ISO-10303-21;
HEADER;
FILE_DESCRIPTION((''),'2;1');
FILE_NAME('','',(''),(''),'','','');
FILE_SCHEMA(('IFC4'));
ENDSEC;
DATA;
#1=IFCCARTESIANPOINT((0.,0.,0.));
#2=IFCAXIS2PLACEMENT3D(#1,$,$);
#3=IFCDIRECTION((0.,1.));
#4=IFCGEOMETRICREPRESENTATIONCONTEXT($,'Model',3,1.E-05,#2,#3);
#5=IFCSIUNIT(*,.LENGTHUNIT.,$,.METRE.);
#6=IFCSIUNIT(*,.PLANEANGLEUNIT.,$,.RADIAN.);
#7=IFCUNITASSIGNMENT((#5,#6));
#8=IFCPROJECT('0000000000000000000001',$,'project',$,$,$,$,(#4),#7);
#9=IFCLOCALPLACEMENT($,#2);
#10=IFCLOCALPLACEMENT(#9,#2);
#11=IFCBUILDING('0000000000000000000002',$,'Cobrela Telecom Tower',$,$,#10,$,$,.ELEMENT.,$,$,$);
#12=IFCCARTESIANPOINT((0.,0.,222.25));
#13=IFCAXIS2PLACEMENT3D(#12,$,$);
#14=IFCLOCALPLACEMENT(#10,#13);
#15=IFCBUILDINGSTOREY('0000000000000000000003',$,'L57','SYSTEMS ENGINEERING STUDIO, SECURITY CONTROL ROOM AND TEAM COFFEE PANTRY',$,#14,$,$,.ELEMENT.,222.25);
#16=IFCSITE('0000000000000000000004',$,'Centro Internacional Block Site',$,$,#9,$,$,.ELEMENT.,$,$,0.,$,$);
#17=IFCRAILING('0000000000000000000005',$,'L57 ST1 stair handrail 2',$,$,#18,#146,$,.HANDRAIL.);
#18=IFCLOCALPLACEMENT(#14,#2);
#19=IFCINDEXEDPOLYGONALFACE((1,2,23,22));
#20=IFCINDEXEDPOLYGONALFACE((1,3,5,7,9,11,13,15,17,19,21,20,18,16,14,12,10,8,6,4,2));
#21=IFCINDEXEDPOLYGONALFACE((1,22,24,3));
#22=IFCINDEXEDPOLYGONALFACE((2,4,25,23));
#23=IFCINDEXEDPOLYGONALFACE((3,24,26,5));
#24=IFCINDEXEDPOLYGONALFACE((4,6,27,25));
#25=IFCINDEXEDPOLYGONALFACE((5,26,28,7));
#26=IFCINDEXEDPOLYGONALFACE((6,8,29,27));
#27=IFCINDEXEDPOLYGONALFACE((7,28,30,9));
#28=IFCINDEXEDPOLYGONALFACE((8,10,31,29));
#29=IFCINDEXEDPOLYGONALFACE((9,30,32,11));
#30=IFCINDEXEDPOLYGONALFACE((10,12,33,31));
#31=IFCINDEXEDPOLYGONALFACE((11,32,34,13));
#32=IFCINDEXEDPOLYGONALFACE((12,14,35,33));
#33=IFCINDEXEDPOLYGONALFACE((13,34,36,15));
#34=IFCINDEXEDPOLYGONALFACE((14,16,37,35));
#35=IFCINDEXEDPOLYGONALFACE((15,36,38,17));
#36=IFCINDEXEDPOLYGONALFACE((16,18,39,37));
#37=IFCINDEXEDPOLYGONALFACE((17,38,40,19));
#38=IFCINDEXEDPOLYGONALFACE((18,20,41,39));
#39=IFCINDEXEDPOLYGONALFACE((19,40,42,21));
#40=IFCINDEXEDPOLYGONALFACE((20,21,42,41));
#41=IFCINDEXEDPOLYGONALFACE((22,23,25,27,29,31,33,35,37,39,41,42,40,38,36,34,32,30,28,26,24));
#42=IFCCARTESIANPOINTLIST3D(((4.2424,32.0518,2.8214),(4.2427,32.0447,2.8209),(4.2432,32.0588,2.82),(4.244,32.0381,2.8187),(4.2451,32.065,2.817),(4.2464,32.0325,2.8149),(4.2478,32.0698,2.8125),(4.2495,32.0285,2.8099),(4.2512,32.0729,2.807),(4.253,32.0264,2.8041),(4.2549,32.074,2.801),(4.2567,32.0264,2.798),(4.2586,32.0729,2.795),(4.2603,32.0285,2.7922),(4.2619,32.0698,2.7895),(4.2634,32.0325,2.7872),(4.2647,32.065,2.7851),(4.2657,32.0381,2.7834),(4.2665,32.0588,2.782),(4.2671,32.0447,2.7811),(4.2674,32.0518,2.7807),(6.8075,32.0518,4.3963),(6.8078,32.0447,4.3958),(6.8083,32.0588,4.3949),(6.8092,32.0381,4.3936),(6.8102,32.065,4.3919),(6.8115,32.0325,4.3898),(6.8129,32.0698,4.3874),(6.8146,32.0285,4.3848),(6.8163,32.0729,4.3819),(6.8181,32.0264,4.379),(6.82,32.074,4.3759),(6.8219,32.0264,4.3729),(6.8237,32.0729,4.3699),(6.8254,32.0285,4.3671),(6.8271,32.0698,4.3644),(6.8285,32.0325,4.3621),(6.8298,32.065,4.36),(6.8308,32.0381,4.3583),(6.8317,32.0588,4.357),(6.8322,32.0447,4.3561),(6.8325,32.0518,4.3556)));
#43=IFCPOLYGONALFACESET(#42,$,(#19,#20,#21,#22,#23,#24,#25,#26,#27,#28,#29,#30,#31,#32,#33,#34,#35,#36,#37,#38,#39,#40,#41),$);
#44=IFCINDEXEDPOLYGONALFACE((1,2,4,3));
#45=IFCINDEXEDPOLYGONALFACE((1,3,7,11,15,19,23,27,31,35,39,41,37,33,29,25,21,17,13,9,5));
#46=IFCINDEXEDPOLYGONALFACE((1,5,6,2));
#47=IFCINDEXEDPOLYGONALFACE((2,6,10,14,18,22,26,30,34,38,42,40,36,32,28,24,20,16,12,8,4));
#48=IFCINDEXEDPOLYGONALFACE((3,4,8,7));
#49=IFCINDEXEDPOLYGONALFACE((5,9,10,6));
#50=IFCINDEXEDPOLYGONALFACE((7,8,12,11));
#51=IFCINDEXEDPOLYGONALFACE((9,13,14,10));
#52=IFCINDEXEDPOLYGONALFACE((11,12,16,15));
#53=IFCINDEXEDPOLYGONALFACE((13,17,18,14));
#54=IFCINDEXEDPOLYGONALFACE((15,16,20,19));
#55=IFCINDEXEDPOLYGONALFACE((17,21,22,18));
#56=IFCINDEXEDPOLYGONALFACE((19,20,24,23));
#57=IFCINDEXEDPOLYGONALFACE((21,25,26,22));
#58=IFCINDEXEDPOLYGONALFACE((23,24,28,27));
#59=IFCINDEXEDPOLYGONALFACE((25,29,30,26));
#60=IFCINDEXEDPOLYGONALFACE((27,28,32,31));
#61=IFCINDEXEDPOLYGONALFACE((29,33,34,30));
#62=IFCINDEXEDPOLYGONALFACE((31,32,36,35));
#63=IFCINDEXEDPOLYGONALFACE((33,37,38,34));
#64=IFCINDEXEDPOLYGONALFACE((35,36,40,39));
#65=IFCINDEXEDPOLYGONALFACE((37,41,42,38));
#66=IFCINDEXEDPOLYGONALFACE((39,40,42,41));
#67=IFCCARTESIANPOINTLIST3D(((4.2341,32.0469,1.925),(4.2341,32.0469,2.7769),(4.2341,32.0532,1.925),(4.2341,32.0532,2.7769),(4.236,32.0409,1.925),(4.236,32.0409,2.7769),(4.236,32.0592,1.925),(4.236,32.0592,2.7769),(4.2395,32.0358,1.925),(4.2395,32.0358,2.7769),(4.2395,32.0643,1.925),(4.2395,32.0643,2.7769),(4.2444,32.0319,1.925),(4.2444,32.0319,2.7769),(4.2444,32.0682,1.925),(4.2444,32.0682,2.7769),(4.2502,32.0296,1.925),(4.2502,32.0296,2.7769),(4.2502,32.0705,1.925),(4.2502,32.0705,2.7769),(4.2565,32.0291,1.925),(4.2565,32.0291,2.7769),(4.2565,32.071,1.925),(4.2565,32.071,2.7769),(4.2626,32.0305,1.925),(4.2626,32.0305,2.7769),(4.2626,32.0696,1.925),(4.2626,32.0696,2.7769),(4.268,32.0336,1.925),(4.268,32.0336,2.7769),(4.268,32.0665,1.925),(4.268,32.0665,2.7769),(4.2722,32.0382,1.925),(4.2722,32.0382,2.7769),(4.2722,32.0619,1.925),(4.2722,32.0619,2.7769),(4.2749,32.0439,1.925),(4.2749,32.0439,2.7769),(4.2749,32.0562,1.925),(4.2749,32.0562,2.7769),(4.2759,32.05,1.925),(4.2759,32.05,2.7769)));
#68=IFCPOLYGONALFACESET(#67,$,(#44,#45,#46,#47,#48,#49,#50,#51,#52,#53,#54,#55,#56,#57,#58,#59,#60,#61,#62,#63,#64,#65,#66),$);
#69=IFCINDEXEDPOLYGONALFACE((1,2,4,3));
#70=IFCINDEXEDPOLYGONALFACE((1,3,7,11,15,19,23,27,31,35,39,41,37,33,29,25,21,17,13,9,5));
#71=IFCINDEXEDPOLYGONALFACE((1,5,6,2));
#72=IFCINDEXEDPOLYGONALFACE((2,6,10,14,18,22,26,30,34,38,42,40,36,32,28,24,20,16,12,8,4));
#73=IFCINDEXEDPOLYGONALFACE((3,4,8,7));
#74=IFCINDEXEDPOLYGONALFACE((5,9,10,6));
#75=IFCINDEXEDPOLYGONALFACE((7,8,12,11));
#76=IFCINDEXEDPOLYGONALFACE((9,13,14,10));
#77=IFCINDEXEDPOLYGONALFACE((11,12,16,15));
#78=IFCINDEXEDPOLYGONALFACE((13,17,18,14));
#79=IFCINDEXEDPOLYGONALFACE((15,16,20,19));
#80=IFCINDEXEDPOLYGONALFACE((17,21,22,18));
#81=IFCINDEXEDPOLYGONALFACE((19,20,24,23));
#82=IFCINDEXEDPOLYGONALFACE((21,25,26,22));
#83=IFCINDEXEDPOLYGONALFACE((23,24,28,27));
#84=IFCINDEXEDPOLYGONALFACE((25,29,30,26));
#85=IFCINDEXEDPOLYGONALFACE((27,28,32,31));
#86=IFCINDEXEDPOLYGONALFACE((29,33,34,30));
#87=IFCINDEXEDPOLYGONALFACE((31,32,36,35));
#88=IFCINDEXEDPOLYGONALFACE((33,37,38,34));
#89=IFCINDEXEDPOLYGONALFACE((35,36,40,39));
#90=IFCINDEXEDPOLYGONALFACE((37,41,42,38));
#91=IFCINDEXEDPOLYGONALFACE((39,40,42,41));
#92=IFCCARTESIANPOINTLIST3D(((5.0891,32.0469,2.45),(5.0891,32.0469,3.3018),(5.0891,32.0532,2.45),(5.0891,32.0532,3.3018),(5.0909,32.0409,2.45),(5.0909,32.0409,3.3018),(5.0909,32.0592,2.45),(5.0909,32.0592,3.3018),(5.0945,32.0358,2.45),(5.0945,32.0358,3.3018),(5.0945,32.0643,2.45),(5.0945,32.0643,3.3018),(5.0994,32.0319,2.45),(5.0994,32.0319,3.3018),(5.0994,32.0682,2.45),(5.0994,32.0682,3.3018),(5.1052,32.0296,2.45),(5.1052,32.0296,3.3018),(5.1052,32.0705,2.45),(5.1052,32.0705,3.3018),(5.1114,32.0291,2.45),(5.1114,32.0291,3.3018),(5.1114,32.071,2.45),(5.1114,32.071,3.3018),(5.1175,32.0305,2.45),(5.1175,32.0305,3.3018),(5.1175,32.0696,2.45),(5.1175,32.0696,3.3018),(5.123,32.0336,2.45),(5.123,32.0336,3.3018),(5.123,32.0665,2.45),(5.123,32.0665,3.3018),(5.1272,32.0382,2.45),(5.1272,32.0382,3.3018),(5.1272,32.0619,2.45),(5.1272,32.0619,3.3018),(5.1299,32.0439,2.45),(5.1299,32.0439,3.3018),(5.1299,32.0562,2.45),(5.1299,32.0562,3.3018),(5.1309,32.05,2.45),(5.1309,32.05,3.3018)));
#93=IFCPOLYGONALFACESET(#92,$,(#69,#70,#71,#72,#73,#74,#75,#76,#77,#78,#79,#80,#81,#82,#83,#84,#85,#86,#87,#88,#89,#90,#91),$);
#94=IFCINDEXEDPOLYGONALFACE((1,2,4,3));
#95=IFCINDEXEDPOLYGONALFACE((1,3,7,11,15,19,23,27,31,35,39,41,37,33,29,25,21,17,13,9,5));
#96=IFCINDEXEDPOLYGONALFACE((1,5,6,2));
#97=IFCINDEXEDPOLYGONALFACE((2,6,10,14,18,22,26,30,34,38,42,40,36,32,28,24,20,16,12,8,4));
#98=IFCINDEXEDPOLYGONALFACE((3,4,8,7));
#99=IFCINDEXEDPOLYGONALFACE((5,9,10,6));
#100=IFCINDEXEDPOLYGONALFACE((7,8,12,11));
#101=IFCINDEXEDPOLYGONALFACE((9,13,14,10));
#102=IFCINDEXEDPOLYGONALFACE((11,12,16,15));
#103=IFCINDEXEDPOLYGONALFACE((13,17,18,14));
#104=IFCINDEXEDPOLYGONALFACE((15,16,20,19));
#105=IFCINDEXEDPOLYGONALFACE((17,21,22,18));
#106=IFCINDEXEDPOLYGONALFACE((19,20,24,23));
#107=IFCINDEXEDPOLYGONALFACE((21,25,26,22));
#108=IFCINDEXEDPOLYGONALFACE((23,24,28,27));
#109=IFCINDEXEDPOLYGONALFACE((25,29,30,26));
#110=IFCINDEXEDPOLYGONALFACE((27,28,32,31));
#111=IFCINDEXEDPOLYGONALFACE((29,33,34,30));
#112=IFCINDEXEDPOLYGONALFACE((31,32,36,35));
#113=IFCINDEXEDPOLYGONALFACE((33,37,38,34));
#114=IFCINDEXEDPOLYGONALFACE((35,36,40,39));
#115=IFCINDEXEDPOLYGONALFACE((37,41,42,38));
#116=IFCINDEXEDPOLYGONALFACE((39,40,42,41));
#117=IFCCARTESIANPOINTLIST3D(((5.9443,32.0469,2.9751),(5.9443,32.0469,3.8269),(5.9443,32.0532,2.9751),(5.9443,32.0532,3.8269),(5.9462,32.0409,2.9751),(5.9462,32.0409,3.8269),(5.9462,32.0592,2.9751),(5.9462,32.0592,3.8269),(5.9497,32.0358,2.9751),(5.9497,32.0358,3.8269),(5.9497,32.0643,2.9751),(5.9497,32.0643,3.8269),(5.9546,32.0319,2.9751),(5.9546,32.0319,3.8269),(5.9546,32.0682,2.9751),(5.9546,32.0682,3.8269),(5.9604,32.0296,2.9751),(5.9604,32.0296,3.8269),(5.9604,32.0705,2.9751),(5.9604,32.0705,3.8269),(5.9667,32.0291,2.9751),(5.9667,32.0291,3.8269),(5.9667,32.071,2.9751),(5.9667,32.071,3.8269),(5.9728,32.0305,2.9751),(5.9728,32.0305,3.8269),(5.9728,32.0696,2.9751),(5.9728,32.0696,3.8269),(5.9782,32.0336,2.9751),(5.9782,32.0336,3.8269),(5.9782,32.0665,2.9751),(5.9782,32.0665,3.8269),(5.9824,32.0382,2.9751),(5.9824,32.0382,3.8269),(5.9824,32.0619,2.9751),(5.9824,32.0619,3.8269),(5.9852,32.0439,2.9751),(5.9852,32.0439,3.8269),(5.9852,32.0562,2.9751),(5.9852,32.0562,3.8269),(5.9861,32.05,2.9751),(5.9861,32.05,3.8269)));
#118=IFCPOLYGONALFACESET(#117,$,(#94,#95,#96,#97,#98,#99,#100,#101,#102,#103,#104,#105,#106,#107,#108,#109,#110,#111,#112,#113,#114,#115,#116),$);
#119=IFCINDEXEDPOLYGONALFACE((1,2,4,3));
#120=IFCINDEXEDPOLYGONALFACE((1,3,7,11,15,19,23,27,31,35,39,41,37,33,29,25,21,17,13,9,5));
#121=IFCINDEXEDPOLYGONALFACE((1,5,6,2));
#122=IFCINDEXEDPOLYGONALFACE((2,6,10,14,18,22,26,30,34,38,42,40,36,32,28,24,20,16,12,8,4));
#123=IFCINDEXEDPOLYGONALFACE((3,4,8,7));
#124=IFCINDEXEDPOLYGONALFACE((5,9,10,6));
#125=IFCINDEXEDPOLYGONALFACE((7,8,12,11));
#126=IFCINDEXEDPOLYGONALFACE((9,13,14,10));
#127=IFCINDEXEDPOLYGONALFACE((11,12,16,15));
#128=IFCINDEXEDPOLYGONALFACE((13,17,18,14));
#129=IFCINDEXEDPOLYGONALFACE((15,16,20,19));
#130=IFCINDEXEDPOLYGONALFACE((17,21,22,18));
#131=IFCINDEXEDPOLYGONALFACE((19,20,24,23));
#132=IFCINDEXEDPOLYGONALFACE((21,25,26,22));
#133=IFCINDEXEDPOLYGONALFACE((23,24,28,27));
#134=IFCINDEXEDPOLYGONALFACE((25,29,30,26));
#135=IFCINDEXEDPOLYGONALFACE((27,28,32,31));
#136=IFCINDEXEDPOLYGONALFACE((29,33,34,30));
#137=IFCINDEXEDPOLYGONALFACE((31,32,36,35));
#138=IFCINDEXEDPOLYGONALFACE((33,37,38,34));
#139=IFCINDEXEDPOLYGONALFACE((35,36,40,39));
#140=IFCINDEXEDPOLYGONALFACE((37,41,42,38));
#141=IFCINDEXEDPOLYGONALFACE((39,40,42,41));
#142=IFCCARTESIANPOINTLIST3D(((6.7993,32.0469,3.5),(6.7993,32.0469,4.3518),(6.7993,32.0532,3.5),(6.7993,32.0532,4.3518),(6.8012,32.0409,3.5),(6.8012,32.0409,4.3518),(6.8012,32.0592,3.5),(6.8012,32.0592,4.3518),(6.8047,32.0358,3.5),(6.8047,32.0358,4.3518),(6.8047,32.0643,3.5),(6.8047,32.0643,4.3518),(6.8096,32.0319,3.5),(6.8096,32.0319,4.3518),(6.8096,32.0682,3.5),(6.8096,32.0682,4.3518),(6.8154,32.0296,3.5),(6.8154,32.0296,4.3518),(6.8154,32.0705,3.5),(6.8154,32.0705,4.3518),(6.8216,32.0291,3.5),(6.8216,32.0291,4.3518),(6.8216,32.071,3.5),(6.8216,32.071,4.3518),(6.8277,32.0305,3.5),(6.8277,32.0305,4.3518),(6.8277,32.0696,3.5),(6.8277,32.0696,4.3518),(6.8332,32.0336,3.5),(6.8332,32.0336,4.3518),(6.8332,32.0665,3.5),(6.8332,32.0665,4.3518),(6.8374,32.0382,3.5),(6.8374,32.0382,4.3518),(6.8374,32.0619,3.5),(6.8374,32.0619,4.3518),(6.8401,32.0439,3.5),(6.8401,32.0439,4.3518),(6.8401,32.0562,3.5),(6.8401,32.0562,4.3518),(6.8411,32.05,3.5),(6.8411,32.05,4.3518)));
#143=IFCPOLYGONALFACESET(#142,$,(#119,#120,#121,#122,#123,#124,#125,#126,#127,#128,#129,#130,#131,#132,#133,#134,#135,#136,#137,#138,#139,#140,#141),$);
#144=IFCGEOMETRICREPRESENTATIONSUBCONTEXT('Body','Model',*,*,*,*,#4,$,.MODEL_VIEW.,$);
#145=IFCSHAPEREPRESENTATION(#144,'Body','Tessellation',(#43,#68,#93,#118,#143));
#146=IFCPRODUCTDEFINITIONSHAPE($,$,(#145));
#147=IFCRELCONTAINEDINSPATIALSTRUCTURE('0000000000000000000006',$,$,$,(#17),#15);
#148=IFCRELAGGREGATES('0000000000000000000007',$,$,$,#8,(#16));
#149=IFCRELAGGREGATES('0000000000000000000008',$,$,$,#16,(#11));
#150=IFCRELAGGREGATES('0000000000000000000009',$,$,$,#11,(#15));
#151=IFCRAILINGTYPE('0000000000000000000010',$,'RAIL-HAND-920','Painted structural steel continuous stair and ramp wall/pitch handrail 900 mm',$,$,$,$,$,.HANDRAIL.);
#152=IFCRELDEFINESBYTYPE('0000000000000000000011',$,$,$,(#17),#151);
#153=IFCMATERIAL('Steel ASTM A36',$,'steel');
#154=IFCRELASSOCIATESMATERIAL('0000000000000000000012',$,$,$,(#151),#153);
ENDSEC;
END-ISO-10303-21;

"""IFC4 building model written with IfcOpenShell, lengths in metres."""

from ifc_helpers import new_model, si_unit, direction, frame, origin, origin_2d, place, context, subcontext, project, spatial, circle, extrude, material, type_object, element, save


model = new_model("IFC4")

# Units and contexts
model_context = context("Model", 3, precision=1e-05, world=origin(), true_north=direction((0.0, 1.0)))
body_context = subcontext(model_context, "Body", "Model", "MODEL_VIEW")
ifc_project = project(units=[si_unit("LENGTHUNIT", "METRE"), si_unit("PLANEANGLEUNIT", "RADIAN")], contexts=[model_context])

# Site, building, storey
site_placement = place(None, origin())
site = spatial("IfcSite", under=ifc_project, at=site_placement, Name="Centro Internacional Block Site", CompositionType="ELEMENT", RefElevation=0.0)
building_placement = place(site_placement, origin())
building = spatial("IfcBuilding", under=site, at=building_placement, Name="Cobrela Telecom Tower", CompositionType="ELEMENT")
storey_placement = place(building_placement, frame((0.0, 0.0, 222.25)))
storey = spatial("IfcBuildingStorey", under=building, at=storey_placement, Name="L57", Description="SYSTEMS ENGINEERING STUDIO, SECURITY CONTROL ROOM AND TEAM COFFEE PANTRY", CompositionType="ELEMENT", Elevation=222.25)

# Shared definitions
ifc_material_1 = material(Name="Steel ASTM A36", Category="steel")

# Railing
railing_type_1 = type_object("IfcRailingType", Name="RAIL-HAND-920", Description="Painted structural steel continuous stair and ramp wall/pitch handrail 900 mm", PredefinedType="HANDRAIL", material=ifc_material_1)
railing_1_placement = place(storey_placement, frame((4.2549, 32.05, 1.925)))
element("IfcRailing", 1, at=railing_1_placement, inside=storey, type_object=railing_type_1, Name="L57 ST1 stair handrail 2", PredefinedType="HANDRAIL", context=body_context, shape_type="SweptSolid", body=[
    extrude(circle(Radius=0.0239, at=origin_2d()), frame((0.0, 0.0, 0.876), z_axis=(0.852195, 0.0, 0.523224), x_axis=(0.0, 1.0, 0.0)), (0.0, 0.0, 1.0), 3.01),
    extrude(circle(Radius=0.021, at=origin_2d()), origin(), (0.0, 0.0, 1.0), 0.8518),
    extrude(circle(Radius=0.021, at=origin_2d()), frame((0.855, 0.0, 0.5249)), (0.0, 0.0, 1.0), 0.8518),
    extrude(circle(Radius=0.021, at=origin_2d()), frame((1.7102, 0.0, 1.05)), (0.0, 0.0, 1.0), 0.8518),
    extrude(circle(Radius=0.021, at=origin_2d()), frame((2.5652, 0.0, 1.575)), (0.0, 0.0, 1.0), 0.8518),
])

save(model, "model.ifc")
